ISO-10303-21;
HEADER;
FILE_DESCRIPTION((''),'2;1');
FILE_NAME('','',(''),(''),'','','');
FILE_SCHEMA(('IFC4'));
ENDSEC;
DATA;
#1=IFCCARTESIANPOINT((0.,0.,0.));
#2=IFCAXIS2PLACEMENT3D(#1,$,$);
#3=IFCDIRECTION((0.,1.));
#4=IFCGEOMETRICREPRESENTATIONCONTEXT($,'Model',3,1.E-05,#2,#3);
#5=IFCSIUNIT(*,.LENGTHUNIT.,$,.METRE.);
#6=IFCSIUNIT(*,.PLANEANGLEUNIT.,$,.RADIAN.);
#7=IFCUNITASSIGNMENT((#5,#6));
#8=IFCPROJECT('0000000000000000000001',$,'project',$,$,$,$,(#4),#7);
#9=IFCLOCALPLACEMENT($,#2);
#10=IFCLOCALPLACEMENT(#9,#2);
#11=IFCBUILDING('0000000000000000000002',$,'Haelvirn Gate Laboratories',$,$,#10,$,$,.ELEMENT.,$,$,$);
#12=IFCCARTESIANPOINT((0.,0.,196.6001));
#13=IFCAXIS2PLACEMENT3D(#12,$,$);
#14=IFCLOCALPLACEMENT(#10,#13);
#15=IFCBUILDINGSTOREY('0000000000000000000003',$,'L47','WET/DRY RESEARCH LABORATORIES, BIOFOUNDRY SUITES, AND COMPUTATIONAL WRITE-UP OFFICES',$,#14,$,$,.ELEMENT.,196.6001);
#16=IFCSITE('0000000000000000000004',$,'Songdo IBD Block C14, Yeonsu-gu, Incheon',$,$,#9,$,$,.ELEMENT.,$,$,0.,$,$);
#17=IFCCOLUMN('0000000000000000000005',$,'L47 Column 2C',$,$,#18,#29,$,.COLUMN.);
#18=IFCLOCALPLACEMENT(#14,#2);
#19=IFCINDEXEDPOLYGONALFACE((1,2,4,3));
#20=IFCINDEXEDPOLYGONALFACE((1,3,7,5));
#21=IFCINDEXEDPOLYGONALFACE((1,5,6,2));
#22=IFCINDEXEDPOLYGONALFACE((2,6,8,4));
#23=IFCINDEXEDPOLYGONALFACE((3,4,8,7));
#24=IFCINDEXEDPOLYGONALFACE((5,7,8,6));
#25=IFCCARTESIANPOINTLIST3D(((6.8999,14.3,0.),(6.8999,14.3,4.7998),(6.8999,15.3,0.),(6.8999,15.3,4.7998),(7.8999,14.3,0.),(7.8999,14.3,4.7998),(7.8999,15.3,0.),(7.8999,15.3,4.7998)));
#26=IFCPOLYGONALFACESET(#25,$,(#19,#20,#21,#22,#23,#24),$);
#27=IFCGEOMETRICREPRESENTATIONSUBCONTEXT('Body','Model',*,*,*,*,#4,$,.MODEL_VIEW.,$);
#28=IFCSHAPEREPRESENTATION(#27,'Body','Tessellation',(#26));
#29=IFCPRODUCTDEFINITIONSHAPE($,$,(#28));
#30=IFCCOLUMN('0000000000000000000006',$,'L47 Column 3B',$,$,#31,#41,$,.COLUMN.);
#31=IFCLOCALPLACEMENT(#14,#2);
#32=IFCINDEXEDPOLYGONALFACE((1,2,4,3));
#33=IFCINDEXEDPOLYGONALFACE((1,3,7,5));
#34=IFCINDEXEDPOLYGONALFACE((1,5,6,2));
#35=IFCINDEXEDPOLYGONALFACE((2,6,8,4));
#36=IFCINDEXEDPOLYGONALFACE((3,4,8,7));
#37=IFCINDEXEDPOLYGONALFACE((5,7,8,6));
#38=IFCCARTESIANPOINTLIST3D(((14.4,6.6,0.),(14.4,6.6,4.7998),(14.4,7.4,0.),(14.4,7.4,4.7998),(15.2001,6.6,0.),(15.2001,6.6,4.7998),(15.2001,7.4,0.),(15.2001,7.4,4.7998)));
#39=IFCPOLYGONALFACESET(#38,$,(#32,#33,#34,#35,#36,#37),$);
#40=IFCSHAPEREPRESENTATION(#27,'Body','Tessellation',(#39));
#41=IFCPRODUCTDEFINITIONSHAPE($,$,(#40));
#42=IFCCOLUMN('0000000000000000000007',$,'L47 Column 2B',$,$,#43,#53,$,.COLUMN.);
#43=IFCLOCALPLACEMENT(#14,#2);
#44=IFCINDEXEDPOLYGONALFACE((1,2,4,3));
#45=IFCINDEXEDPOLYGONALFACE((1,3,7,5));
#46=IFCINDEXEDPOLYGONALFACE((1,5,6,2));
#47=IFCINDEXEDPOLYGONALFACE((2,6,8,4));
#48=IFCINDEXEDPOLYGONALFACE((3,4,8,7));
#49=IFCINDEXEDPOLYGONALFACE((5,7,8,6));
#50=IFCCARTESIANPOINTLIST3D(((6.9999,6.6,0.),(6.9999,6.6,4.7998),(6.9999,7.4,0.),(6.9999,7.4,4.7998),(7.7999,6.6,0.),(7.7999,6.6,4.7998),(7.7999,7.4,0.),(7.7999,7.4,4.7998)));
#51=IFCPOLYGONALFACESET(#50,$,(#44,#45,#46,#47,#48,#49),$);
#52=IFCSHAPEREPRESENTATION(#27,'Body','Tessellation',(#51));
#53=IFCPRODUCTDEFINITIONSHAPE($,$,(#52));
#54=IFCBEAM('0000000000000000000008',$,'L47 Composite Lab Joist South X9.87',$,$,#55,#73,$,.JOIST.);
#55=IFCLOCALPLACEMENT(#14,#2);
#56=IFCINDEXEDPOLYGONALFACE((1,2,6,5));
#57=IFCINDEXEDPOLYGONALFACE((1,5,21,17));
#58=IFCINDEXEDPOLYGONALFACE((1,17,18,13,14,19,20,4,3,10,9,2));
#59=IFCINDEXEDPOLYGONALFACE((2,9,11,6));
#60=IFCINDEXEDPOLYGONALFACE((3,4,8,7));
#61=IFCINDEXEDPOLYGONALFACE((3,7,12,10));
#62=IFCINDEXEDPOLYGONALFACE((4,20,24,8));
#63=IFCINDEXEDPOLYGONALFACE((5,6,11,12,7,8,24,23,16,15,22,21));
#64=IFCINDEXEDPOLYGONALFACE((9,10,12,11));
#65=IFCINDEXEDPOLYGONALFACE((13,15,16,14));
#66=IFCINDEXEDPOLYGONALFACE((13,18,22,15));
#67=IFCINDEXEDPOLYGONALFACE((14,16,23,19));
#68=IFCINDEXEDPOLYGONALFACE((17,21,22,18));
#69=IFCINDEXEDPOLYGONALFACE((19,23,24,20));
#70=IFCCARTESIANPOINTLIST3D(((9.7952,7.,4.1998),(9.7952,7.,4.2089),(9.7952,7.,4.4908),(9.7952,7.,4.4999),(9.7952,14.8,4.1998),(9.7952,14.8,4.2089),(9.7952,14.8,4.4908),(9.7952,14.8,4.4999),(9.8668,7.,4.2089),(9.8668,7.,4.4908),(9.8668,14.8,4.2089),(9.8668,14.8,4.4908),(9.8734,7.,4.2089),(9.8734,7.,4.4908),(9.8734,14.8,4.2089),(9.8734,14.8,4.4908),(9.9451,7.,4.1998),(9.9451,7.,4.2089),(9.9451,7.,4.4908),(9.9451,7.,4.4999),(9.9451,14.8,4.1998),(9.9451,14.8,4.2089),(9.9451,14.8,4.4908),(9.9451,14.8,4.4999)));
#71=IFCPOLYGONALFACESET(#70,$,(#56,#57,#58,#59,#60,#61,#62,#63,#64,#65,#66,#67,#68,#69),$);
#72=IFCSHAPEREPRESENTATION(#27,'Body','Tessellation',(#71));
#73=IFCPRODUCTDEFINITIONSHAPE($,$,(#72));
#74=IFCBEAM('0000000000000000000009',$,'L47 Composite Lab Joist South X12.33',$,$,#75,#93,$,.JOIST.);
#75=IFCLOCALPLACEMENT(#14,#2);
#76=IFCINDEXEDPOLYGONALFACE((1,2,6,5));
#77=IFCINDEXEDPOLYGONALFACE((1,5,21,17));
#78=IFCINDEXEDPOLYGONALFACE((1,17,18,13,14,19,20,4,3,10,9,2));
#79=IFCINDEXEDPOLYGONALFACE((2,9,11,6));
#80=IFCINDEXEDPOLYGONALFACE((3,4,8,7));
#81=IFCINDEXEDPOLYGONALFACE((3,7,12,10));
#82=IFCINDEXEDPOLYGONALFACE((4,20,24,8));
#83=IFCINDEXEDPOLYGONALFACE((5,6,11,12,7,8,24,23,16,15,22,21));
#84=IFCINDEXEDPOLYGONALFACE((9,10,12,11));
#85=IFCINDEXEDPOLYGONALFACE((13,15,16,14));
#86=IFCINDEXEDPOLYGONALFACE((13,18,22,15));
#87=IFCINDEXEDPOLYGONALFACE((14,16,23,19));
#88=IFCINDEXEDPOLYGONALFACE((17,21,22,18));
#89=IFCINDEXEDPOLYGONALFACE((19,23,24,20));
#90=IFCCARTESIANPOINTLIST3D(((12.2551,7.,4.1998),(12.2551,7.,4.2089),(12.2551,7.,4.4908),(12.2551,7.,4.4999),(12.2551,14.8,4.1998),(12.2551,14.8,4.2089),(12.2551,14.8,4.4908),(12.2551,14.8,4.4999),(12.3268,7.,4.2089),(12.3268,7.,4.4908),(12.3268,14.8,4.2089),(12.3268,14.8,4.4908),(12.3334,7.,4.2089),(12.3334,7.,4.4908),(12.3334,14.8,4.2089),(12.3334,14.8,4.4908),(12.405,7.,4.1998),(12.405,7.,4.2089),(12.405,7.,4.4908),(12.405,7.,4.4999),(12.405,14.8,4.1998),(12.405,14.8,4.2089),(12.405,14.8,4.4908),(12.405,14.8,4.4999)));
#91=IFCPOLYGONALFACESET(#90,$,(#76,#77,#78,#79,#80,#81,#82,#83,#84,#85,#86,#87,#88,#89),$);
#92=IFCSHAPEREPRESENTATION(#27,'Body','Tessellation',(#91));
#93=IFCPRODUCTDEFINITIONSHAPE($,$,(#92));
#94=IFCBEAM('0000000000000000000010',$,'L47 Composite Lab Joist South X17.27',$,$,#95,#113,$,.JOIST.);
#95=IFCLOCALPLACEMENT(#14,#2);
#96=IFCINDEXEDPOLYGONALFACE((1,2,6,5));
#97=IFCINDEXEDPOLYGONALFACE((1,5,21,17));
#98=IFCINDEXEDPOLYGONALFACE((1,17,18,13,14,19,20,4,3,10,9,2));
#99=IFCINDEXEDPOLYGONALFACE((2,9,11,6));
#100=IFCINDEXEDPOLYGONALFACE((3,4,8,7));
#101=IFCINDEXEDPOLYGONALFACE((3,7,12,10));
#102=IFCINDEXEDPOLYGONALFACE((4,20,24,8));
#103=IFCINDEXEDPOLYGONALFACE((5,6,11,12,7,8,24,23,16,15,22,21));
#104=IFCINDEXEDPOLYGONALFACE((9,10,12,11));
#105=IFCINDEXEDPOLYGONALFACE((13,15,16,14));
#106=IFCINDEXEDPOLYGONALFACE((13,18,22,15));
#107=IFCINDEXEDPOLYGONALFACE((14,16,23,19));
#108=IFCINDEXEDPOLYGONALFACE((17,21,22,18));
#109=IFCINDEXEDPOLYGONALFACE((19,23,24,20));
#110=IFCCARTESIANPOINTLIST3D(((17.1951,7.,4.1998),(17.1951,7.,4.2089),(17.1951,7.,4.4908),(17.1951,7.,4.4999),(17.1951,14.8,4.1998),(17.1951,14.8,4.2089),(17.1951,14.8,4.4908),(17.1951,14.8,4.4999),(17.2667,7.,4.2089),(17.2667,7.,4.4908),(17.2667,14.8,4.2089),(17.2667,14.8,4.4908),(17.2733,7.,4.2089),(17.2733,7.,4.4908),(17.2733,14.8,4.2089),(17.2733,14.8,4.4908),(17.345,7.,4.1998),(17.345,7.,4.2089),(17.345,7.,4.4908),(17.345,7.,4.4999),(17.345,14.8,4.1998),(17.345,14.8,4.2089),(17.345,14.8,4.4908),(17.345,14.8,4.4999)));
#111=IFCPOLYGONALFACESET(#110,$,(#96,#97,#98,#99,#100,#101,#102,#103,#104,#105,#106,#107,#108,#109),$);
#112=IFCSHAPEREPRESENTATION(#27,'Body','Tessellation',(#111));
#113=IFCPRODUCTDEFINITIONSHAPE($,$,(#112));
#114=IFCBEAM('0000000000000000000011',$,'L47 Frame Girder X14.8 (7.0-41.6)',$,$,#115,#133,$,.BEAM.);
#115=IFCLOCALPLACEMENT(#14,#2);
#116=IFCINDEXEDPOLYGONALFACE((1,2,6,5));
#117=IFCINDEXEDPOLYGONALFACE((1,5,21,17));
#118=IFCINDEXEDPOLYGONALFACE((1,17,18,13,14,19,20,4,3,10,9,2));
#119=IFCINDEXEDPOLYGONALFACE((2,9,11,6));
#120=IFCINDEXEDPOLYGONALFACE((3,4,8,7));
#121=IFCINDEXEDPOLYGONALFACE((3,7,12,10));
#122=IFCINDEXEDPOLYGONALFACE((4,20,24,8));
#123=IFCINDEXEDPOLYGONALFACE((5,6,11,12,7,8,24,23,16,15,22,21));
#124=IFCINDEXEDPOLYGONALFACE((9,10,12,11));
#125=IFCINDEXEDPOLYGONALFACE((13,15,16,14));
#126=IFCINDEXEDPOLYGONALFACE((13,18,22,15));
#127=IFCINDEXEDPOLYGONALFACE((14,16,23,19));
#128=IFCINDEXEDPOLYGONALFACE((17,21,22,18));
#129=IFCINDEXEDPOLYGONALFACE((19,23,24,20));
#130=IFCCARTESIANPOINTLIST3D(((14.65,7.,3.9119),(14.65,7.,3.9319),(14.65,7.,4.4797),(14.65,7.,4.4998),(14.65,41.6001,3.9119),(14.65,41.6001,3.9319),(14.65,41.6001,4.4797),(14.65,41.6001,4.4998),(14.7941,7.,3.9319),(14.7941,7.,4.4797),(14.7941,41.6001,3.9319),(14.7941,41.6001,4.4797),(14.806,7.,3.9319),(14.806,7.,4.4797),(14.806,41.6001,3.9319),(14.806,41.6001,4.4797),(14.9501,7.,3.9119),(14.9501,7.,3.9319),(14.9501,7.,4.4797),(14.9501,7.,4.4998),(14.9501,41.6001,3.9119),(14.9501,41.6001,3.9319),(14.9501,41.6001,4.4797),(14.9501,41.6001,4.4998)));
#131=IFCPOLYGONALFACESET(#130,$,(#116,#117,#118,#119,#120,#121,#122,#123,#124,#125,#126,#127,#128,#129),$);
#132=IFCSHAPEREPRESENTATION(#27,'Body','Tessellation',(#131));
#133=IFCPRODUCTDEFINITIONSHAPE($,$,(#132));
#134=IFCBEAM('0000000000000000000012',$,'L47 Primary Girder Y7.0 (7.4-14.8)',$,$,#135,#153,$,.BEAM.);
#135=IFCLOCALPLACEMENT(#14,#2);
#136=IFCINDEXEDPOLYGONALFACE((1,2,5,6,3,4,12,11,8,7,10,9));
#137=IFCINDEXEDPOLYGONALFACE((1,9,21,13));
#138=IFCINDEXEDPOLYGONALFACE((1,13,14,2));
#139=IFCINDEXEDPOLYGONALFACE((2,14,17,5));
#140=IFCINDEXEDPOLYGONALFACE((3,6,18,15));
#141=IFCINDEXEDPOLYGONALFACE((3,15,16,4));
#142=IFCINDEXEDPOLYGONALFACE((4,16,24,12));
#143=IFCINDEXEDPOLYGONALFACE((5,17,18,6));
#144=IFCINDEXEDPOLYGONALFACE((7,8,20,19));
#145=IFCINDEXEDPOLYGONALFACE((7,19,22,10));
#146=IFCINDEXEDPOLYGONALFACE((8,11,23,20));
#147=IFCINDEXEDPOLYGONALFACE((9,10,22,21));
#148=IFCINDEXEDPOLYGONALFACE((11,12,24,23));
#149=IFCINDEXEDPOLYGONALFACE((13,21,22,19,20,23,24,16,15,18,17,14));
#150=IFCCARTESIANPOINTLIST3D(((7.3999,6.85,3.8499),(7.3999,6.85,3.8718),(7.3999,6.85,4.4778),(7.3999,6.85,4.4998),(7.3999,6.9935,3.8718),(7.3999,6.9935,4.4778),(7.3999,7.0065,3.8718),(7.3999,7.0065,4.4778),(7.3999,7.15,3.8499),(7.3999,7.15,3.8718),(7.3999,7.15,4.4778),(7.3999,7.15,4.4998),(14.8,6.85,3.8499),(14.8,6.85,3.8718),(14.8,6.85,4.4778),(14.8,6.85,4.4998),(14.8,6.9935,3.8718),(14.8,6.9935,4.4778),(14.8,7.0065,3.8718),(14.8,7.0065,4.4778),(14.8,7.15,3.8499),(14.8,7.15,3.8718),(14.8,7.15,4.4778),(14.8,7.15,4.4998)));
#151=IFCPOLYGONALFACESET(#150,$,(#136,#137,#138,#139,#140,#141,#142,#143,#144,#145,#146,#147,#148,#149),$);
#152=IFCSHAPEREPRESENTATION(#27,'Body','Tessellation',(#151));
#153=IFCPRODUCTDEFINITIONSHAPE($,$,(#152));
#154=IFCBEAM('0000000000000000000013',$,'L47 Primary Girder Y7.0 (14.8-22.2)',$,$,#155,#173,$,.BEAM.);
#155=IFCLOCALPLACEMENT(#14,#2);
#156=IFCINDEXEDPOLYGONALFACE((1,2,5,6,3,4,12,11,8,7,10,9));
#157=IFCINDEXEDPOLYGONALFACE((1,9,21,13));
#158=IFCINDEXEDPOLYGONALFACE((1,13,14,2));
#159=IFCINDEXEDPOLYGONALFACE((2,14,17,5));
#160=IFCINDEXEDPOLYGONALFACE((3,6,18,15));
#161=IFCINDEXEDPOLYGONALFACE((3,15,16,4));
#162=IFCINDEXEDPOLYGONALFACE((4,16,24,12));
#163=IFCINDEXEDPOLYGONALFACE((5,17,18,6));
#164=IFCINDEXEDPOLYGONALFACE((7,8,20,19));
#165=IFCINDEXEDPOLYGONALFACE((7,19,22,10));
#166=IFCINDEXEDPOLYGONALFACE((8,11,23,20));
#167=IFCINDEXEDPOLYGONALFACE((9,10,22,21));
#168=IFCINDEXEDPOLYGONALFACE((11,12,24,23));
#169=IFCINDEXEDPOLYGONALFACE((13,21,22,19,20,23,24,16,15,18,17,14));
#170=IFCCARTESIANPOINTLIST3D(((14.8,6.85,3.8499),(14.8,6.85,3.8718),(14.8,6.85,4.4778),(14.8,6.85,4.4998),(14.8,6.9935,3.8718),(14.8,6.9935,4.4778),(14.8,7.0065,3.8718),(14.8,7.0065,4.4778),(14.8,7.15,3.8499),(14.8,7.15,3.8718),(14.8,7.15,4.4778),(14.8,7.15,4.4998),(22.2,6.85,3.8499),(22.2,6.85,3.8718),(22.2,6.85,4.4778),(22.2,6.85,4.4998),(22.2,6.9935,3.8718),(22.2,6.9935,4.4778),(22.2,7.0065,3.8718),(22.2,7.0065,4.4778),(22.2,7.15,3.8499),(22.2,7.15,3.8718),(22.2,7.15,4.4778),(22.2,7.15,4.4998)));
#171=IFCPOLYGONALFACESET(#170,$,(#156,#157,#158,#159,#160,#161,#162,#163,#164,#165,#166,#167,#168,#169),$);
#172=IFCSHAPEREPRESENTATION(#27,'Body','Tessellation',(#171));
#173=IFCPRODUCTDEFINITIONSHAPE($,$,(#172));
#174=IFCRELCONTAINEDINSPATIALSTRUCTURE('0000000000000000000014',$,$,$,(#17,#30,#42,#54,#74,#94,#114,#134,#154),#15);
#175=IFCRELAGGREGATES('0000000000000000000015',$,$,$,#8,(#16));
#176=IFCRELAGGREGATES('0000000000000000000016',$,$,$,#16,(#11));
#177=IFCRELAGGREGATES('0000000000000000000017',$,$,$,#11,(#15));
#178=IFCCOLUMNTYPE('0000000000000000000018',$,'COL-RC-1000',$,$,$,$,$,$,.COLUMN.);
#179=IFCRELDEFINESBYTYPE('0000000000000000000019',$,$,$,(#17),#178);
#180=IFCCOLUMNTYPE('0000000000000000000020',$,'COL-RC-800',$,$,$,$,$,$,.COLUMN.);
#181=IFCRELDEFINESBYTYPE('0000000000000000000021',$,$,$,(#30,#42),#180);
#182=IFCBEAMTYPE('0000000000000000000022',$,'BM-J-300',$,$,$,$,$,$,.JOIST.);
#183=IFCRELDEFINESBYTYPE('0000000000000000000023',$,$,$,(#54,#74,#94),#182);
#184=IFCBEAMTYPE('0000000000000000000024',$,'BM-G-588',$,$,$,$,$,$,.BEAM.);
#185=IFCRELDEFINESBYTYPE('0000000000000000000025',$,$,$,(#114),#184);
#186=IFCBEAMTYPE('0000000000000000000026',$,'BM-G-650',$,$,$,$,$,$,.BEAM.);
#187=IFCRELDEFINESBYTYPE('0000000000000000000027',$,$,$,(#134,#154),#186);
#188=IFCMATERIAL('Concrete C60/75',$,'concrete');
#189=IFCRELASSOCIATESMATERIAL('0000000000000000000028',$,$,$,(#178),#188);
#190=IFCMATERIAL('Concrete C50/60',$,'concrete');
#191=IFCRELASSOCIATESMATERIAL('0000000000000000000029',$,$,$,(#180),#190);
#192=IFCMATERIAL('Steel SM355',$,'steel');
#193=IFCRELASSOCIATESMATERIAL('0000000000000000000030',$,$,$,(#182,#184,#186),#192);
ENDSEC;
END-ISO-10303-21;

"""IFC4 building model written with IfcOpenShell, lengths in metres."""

from ifc_helpers import new_model, si_unit, direction, frame, origin, origin_2d, place, context, subcontext, project, spatial, rectangle, i_section, extrude, source, transform, mapped, material, material_profile, profile_set, type_object, type_shapes, element, save


model = new_model("IFC4")

# Units and contexts
model_context = context("Model", 3, precision=1e-05, world=origin(), true_north=direction((0.0, 1.0)))
body_context = subcontext(model_context, "Body", "Model", "MODEL_VIEW")
ifc_project = project(units=[si_unit("LENGTHUNIT", "METRE"), si_unit("PLANEANGLEUNIT", "RADIAN")], contexts=[model_context])

# Site, building, storey
site_placement = place(None, origin())
site = spatial("IfcSite", under=ifc_project, at=site_placement, Name="Songdo IBD Block C14, Yeonsu-gu, Incheon", CompositionType="ELEMENT", RefElevation=0.0)
building_placement = place(site_placement, origin())
building = spatial("IfcBuilding", under=site, at=building_placement, Name="Haelvirn Gate Laboratories", CompositionType="ELEMENT")
storey_placement = place(building_placement, frame((0.0, 0.0, 196.6001)))
storey = spatial("IfcBuildingStorey", under=building, at=storey_placement, Name="L47", Description="WET/DRY RESEARCH LABORATORIES, BIOFOUNDRY SUITES, AND COMPUTATIONAL WRITE-UP OFFICES", CompositionType="ELEMENT", Elevation=196.6001)

# Columns
ifc_material_1 = material(Name="Concrete C60/75", Category="concrete")
ifc_material_profile_1 = material_profile(ifc_material_1, rectangle(XDim=1.0, YDim=1.0, at=origin_2d()), Name="RC-1000x1000")
ifc_profile_set_1 = profile_set([ifc_material_profile_1], Name="Concrete C60/75")
column_type_1 = type_object("IfcColumnType", Name="COL-RC-1000", PredefinedType="COLUMN", material=ifc_profile_set_1)
shared_shape_1 = source(origin(), body_context, "Body", "SweptSolid", [
    extrude(rectangle(XDim=1.0, YDim=1.0, at=origin_2d()), origin(), (0.0, 0.0, 1.0), 4.7998),
])
type_shapes(column_type_1, [shared_shape_1])
column_placement = place(storey_placement, frame((7.3999, 14.8, 0.0), z_axis=(0.0, 0.0, 1.0), x_axis=(1.0, 0.0, 0.0)))
element("IfcColumn", 1, at=column_placement, inside=storey, type_object=column_type_1, Name="L47 Column 2C", PredefinedType="COLUMN", context=body_context, shape_type="MappedRepresentation", body=[
    mapped(shared_shape_1, transform((0.0, 0.0, 0.0), scale=1.0)),
])
ifc_material_2 = material(Name="Concrete C50/60", Category="concrete")
ifc_material_profile_2 = material_profile(ifc_material_2, rectangle(XDim=0.8, YDim=0.8, at=origin_2d()), Name="RC-800x800")
ifc_profile_set_2 = profile_set([ifc_material_profile_2], Name="Concrete C50/60")
column_type_2 = type_object("IfcColumnType", Name="COL-RC-800", PredefinedType="COLUMN", material=ifc_profile_set_2)
shared_shape_2 = source(origin(), body_context, "Body", "SweptSolid", [
    extrude(rectangle(XDim=0.8, YDim=0.8, at=origin_2d()), origin(), (0.0, 0.0, 1.0), 4.7998),
])
type_shapes(column_type_2, [shared_shape_2])
for number, where, z_axis, x_axis, name in (
    (2, (14.8, 7.0, 0.0), (0.0, 0.0, 1.0), (1.0, 0.0, 0.0), "L47 Column 3B"),
    (3, (7.3999, 7.0, 0.0), (0.0, 0.0, 1.0), (1.0, 0.0, 0.0), "L47 Column 2B"),
):
    element("IfcColumn", number, at=place(storey_placement, frame(where, z_axis=z_axis, x_axis=x_axis)), inside=storey, type_object=column_type_2, Name=name, PredefinedType="COLUMN", context=body_context, shape_type="MappedRepresentation", body=[
        mapped(shared_shape_2, transform((0.0, 0.0, 0.0), scale=1.0)),
    ])

# Beams
ifc_material_3 = material(Name="Steel SM355", Category="steel")
ifc_material_profile_3 = material_profile(ifc_material_3, i_section(OverallWidth=0.1499, OverallDepth=0.3, WebThickness=0.0066, FlangeThickness=0.009, at=origin_2d()), Name="H-300x150x6.5x9")
ifc_profile_set_3 = profile_set([ifc_material_profile_3], Name="Steel SM355")
beam_type_1 = type_object("IfcBeamType", Name="BM-J-300", PredefinedType="JOIST", material=ifc_profile_set_3)
shared_shape_3 = source(origin(), body_context, "Body", "SweptSolid", [
    extrude(i_section(OverallWidth=0.1499, OverallDepth=0.3, WebThickness=0.0066, FlangeThickness=0.009, at=origin_2d()), origin(), (0.0, 0.0, 1.0), 7.8),
])
type_shapes(beam_type_1, [shared_shape_3])
for number, where, z_axis, x_axis, name in (
    (4, (9.8701, 7.0, 4.3499), (0.0, 1.0, 0.0), (-1.0, 0.0, 0.0), "L47 Composite Lab Joist South X9.87"),
    (5, (12.3301, 7.0, 4.3499), (0.0, 1.0, 0.0), (-1.0, 0.0, 0.0), "L47 Composite Lab Joist South X12.33"),
    (6, (17.27, 7.0, 4.3499), (0.0, 1.0, 0.0), (-1.0, 0.0, 0.0), "L47 Composite Lab Joist South X17.27"),
):
    element("IfcBeam", number, at=place(storey_placement, frame(where, z_axis=z_axis, x_axis=x_axis)), inside=storey, type_object=beam_type_1, Name=name, PredefinedType="JOIST", context=body_context, shape_type="MappedRepresentation", body=[
        mapped(shared_shape_3, transform((0.0, 0.0, 0.0), scale=1.0)),
    ])
ifc_material_profile_4 = material_profile(ifc_material_3, i_section(OverallWidth=0.3, OverallDepth=0.5879, WebThickness=0.012, FlangeThickness=0.02, at=origin_2d()), Name="H-588x300x12x20")
ifc_profile_set_4 = profile_set([ifc_material_profile_4], Name="Steel SM355")
beam_type_2 = type_object("IfcBeamType", Name="BM-G-588", PredefinedType="BEAM", material=ifc_profile_set_4)
shared_shape_4 = source(origin(), body_context, "Body", "SweptSolid", [
    extrude(i_section(OverallWidth=0.3, OverallDepth=0.5879, WebThickness=0.012, FlangeThickness=0.02, at=origin_2d()), origin(), (0.0, 0.0, 1.0), 34.6001),
])
type_shapes(beam_type_2, [shared_shape_4])
beam_1_placement = place(storey_placement, frame((14.8, 7.0, 4.2058), z_axis=(0.0, 1.0, 0.0), x_axis=(-1.0, 0.0, 0.0)))
element("IfcBeam", 7, at=beam_1_placement, inside=storey, type_object=beam_type_2, Name="L47 Frame Girder X14.8 (7.0-41.6)", PredefinedType="BEAM", context=body_context, shape_type="MappedRepresentation", body=[
    mapped(shared_shape_4, transform((0.0, 0.0, 0.0), scale=1.0)),
])
ifc_material_profile_5 = material_profile(ifc_material_3, i_section(OverallWidth=0.3, OverallDepth=0.6499, WebThickness=0.0129, FlangeThickness=0.022, at=origin_2d()), Name="H-650x300x13x22")
ifc_profile_set_5 = profile_set([ifc_material_profile_5], Name="Steel SM355")
beam_type_3 = type_object("IfcBeamType", Name="BM-G-650", PredefinedType="BEAM", material=ifc_profile_set_5)
shared_shape_5 = source(origin(), body_context, "Body", "SweptSolid", [
    extrude(i_section(OverallWidth=0.3, OverallDepth=0.6499, WebThickness=0.0129, FlangeThickness=0.022, at=origin_2d()), origin(), (0.0, 0.0, 1.0), 7.4001),
])
beam_2_placement = place(storey_placement, frame((7.3999, 7.0, 4.1748), z_axis=(1.0, 0.0, 0.0), x_axis=(0.0, 1.0, 0.0)))
element("IfcBeam", 8, at=beam_2_placement, inside=storey, type_object=beam_type_3, Name="L47 Primary Girder Y7.0 (7.4-14.8)", PredefinedType="BEAM", context=body_context, shape_type="MappedRepresentation", body=[
    mapped(shared_shape_5, transform((0.0, 0.0, 0.0), scale=1.0)),
])
shared_shape_6 = source(origin(), body_context, "Body", "SweptSolid", [
    extrude(i_section(OverallWidth=0.3, OverallDepth=0.6499, WebThickness=0.0129, FlangeThickness=0.022, at=origin_2d()), origin(), (0.0, 0.0, 1.0), 7.3999),
])
type_shapes(beam_type_3, [shared_shape_5, shared_shape_6])
beam_3_placement = place(storey_placement, frame((14.8, 7.0, 4.1748), z_axis=(1.0, 0.0, 0.0), x_axis=(0.0, 1.0, 0.0)))
element("IfcBeam", 9, at=beam_3_placement, inside=storey, type_object=beam_type_3, Name="L47 Primary Girder Y7.0 (14.8-22.2)", PredefinedType="BEAM", context=body_context, shape_type="MappedRepresentation", body=[
    mapped(shared_shape_6, transform((0.0, 0.0, 0.0), scale=1.0)),
])

save(model, "model.ifc")
